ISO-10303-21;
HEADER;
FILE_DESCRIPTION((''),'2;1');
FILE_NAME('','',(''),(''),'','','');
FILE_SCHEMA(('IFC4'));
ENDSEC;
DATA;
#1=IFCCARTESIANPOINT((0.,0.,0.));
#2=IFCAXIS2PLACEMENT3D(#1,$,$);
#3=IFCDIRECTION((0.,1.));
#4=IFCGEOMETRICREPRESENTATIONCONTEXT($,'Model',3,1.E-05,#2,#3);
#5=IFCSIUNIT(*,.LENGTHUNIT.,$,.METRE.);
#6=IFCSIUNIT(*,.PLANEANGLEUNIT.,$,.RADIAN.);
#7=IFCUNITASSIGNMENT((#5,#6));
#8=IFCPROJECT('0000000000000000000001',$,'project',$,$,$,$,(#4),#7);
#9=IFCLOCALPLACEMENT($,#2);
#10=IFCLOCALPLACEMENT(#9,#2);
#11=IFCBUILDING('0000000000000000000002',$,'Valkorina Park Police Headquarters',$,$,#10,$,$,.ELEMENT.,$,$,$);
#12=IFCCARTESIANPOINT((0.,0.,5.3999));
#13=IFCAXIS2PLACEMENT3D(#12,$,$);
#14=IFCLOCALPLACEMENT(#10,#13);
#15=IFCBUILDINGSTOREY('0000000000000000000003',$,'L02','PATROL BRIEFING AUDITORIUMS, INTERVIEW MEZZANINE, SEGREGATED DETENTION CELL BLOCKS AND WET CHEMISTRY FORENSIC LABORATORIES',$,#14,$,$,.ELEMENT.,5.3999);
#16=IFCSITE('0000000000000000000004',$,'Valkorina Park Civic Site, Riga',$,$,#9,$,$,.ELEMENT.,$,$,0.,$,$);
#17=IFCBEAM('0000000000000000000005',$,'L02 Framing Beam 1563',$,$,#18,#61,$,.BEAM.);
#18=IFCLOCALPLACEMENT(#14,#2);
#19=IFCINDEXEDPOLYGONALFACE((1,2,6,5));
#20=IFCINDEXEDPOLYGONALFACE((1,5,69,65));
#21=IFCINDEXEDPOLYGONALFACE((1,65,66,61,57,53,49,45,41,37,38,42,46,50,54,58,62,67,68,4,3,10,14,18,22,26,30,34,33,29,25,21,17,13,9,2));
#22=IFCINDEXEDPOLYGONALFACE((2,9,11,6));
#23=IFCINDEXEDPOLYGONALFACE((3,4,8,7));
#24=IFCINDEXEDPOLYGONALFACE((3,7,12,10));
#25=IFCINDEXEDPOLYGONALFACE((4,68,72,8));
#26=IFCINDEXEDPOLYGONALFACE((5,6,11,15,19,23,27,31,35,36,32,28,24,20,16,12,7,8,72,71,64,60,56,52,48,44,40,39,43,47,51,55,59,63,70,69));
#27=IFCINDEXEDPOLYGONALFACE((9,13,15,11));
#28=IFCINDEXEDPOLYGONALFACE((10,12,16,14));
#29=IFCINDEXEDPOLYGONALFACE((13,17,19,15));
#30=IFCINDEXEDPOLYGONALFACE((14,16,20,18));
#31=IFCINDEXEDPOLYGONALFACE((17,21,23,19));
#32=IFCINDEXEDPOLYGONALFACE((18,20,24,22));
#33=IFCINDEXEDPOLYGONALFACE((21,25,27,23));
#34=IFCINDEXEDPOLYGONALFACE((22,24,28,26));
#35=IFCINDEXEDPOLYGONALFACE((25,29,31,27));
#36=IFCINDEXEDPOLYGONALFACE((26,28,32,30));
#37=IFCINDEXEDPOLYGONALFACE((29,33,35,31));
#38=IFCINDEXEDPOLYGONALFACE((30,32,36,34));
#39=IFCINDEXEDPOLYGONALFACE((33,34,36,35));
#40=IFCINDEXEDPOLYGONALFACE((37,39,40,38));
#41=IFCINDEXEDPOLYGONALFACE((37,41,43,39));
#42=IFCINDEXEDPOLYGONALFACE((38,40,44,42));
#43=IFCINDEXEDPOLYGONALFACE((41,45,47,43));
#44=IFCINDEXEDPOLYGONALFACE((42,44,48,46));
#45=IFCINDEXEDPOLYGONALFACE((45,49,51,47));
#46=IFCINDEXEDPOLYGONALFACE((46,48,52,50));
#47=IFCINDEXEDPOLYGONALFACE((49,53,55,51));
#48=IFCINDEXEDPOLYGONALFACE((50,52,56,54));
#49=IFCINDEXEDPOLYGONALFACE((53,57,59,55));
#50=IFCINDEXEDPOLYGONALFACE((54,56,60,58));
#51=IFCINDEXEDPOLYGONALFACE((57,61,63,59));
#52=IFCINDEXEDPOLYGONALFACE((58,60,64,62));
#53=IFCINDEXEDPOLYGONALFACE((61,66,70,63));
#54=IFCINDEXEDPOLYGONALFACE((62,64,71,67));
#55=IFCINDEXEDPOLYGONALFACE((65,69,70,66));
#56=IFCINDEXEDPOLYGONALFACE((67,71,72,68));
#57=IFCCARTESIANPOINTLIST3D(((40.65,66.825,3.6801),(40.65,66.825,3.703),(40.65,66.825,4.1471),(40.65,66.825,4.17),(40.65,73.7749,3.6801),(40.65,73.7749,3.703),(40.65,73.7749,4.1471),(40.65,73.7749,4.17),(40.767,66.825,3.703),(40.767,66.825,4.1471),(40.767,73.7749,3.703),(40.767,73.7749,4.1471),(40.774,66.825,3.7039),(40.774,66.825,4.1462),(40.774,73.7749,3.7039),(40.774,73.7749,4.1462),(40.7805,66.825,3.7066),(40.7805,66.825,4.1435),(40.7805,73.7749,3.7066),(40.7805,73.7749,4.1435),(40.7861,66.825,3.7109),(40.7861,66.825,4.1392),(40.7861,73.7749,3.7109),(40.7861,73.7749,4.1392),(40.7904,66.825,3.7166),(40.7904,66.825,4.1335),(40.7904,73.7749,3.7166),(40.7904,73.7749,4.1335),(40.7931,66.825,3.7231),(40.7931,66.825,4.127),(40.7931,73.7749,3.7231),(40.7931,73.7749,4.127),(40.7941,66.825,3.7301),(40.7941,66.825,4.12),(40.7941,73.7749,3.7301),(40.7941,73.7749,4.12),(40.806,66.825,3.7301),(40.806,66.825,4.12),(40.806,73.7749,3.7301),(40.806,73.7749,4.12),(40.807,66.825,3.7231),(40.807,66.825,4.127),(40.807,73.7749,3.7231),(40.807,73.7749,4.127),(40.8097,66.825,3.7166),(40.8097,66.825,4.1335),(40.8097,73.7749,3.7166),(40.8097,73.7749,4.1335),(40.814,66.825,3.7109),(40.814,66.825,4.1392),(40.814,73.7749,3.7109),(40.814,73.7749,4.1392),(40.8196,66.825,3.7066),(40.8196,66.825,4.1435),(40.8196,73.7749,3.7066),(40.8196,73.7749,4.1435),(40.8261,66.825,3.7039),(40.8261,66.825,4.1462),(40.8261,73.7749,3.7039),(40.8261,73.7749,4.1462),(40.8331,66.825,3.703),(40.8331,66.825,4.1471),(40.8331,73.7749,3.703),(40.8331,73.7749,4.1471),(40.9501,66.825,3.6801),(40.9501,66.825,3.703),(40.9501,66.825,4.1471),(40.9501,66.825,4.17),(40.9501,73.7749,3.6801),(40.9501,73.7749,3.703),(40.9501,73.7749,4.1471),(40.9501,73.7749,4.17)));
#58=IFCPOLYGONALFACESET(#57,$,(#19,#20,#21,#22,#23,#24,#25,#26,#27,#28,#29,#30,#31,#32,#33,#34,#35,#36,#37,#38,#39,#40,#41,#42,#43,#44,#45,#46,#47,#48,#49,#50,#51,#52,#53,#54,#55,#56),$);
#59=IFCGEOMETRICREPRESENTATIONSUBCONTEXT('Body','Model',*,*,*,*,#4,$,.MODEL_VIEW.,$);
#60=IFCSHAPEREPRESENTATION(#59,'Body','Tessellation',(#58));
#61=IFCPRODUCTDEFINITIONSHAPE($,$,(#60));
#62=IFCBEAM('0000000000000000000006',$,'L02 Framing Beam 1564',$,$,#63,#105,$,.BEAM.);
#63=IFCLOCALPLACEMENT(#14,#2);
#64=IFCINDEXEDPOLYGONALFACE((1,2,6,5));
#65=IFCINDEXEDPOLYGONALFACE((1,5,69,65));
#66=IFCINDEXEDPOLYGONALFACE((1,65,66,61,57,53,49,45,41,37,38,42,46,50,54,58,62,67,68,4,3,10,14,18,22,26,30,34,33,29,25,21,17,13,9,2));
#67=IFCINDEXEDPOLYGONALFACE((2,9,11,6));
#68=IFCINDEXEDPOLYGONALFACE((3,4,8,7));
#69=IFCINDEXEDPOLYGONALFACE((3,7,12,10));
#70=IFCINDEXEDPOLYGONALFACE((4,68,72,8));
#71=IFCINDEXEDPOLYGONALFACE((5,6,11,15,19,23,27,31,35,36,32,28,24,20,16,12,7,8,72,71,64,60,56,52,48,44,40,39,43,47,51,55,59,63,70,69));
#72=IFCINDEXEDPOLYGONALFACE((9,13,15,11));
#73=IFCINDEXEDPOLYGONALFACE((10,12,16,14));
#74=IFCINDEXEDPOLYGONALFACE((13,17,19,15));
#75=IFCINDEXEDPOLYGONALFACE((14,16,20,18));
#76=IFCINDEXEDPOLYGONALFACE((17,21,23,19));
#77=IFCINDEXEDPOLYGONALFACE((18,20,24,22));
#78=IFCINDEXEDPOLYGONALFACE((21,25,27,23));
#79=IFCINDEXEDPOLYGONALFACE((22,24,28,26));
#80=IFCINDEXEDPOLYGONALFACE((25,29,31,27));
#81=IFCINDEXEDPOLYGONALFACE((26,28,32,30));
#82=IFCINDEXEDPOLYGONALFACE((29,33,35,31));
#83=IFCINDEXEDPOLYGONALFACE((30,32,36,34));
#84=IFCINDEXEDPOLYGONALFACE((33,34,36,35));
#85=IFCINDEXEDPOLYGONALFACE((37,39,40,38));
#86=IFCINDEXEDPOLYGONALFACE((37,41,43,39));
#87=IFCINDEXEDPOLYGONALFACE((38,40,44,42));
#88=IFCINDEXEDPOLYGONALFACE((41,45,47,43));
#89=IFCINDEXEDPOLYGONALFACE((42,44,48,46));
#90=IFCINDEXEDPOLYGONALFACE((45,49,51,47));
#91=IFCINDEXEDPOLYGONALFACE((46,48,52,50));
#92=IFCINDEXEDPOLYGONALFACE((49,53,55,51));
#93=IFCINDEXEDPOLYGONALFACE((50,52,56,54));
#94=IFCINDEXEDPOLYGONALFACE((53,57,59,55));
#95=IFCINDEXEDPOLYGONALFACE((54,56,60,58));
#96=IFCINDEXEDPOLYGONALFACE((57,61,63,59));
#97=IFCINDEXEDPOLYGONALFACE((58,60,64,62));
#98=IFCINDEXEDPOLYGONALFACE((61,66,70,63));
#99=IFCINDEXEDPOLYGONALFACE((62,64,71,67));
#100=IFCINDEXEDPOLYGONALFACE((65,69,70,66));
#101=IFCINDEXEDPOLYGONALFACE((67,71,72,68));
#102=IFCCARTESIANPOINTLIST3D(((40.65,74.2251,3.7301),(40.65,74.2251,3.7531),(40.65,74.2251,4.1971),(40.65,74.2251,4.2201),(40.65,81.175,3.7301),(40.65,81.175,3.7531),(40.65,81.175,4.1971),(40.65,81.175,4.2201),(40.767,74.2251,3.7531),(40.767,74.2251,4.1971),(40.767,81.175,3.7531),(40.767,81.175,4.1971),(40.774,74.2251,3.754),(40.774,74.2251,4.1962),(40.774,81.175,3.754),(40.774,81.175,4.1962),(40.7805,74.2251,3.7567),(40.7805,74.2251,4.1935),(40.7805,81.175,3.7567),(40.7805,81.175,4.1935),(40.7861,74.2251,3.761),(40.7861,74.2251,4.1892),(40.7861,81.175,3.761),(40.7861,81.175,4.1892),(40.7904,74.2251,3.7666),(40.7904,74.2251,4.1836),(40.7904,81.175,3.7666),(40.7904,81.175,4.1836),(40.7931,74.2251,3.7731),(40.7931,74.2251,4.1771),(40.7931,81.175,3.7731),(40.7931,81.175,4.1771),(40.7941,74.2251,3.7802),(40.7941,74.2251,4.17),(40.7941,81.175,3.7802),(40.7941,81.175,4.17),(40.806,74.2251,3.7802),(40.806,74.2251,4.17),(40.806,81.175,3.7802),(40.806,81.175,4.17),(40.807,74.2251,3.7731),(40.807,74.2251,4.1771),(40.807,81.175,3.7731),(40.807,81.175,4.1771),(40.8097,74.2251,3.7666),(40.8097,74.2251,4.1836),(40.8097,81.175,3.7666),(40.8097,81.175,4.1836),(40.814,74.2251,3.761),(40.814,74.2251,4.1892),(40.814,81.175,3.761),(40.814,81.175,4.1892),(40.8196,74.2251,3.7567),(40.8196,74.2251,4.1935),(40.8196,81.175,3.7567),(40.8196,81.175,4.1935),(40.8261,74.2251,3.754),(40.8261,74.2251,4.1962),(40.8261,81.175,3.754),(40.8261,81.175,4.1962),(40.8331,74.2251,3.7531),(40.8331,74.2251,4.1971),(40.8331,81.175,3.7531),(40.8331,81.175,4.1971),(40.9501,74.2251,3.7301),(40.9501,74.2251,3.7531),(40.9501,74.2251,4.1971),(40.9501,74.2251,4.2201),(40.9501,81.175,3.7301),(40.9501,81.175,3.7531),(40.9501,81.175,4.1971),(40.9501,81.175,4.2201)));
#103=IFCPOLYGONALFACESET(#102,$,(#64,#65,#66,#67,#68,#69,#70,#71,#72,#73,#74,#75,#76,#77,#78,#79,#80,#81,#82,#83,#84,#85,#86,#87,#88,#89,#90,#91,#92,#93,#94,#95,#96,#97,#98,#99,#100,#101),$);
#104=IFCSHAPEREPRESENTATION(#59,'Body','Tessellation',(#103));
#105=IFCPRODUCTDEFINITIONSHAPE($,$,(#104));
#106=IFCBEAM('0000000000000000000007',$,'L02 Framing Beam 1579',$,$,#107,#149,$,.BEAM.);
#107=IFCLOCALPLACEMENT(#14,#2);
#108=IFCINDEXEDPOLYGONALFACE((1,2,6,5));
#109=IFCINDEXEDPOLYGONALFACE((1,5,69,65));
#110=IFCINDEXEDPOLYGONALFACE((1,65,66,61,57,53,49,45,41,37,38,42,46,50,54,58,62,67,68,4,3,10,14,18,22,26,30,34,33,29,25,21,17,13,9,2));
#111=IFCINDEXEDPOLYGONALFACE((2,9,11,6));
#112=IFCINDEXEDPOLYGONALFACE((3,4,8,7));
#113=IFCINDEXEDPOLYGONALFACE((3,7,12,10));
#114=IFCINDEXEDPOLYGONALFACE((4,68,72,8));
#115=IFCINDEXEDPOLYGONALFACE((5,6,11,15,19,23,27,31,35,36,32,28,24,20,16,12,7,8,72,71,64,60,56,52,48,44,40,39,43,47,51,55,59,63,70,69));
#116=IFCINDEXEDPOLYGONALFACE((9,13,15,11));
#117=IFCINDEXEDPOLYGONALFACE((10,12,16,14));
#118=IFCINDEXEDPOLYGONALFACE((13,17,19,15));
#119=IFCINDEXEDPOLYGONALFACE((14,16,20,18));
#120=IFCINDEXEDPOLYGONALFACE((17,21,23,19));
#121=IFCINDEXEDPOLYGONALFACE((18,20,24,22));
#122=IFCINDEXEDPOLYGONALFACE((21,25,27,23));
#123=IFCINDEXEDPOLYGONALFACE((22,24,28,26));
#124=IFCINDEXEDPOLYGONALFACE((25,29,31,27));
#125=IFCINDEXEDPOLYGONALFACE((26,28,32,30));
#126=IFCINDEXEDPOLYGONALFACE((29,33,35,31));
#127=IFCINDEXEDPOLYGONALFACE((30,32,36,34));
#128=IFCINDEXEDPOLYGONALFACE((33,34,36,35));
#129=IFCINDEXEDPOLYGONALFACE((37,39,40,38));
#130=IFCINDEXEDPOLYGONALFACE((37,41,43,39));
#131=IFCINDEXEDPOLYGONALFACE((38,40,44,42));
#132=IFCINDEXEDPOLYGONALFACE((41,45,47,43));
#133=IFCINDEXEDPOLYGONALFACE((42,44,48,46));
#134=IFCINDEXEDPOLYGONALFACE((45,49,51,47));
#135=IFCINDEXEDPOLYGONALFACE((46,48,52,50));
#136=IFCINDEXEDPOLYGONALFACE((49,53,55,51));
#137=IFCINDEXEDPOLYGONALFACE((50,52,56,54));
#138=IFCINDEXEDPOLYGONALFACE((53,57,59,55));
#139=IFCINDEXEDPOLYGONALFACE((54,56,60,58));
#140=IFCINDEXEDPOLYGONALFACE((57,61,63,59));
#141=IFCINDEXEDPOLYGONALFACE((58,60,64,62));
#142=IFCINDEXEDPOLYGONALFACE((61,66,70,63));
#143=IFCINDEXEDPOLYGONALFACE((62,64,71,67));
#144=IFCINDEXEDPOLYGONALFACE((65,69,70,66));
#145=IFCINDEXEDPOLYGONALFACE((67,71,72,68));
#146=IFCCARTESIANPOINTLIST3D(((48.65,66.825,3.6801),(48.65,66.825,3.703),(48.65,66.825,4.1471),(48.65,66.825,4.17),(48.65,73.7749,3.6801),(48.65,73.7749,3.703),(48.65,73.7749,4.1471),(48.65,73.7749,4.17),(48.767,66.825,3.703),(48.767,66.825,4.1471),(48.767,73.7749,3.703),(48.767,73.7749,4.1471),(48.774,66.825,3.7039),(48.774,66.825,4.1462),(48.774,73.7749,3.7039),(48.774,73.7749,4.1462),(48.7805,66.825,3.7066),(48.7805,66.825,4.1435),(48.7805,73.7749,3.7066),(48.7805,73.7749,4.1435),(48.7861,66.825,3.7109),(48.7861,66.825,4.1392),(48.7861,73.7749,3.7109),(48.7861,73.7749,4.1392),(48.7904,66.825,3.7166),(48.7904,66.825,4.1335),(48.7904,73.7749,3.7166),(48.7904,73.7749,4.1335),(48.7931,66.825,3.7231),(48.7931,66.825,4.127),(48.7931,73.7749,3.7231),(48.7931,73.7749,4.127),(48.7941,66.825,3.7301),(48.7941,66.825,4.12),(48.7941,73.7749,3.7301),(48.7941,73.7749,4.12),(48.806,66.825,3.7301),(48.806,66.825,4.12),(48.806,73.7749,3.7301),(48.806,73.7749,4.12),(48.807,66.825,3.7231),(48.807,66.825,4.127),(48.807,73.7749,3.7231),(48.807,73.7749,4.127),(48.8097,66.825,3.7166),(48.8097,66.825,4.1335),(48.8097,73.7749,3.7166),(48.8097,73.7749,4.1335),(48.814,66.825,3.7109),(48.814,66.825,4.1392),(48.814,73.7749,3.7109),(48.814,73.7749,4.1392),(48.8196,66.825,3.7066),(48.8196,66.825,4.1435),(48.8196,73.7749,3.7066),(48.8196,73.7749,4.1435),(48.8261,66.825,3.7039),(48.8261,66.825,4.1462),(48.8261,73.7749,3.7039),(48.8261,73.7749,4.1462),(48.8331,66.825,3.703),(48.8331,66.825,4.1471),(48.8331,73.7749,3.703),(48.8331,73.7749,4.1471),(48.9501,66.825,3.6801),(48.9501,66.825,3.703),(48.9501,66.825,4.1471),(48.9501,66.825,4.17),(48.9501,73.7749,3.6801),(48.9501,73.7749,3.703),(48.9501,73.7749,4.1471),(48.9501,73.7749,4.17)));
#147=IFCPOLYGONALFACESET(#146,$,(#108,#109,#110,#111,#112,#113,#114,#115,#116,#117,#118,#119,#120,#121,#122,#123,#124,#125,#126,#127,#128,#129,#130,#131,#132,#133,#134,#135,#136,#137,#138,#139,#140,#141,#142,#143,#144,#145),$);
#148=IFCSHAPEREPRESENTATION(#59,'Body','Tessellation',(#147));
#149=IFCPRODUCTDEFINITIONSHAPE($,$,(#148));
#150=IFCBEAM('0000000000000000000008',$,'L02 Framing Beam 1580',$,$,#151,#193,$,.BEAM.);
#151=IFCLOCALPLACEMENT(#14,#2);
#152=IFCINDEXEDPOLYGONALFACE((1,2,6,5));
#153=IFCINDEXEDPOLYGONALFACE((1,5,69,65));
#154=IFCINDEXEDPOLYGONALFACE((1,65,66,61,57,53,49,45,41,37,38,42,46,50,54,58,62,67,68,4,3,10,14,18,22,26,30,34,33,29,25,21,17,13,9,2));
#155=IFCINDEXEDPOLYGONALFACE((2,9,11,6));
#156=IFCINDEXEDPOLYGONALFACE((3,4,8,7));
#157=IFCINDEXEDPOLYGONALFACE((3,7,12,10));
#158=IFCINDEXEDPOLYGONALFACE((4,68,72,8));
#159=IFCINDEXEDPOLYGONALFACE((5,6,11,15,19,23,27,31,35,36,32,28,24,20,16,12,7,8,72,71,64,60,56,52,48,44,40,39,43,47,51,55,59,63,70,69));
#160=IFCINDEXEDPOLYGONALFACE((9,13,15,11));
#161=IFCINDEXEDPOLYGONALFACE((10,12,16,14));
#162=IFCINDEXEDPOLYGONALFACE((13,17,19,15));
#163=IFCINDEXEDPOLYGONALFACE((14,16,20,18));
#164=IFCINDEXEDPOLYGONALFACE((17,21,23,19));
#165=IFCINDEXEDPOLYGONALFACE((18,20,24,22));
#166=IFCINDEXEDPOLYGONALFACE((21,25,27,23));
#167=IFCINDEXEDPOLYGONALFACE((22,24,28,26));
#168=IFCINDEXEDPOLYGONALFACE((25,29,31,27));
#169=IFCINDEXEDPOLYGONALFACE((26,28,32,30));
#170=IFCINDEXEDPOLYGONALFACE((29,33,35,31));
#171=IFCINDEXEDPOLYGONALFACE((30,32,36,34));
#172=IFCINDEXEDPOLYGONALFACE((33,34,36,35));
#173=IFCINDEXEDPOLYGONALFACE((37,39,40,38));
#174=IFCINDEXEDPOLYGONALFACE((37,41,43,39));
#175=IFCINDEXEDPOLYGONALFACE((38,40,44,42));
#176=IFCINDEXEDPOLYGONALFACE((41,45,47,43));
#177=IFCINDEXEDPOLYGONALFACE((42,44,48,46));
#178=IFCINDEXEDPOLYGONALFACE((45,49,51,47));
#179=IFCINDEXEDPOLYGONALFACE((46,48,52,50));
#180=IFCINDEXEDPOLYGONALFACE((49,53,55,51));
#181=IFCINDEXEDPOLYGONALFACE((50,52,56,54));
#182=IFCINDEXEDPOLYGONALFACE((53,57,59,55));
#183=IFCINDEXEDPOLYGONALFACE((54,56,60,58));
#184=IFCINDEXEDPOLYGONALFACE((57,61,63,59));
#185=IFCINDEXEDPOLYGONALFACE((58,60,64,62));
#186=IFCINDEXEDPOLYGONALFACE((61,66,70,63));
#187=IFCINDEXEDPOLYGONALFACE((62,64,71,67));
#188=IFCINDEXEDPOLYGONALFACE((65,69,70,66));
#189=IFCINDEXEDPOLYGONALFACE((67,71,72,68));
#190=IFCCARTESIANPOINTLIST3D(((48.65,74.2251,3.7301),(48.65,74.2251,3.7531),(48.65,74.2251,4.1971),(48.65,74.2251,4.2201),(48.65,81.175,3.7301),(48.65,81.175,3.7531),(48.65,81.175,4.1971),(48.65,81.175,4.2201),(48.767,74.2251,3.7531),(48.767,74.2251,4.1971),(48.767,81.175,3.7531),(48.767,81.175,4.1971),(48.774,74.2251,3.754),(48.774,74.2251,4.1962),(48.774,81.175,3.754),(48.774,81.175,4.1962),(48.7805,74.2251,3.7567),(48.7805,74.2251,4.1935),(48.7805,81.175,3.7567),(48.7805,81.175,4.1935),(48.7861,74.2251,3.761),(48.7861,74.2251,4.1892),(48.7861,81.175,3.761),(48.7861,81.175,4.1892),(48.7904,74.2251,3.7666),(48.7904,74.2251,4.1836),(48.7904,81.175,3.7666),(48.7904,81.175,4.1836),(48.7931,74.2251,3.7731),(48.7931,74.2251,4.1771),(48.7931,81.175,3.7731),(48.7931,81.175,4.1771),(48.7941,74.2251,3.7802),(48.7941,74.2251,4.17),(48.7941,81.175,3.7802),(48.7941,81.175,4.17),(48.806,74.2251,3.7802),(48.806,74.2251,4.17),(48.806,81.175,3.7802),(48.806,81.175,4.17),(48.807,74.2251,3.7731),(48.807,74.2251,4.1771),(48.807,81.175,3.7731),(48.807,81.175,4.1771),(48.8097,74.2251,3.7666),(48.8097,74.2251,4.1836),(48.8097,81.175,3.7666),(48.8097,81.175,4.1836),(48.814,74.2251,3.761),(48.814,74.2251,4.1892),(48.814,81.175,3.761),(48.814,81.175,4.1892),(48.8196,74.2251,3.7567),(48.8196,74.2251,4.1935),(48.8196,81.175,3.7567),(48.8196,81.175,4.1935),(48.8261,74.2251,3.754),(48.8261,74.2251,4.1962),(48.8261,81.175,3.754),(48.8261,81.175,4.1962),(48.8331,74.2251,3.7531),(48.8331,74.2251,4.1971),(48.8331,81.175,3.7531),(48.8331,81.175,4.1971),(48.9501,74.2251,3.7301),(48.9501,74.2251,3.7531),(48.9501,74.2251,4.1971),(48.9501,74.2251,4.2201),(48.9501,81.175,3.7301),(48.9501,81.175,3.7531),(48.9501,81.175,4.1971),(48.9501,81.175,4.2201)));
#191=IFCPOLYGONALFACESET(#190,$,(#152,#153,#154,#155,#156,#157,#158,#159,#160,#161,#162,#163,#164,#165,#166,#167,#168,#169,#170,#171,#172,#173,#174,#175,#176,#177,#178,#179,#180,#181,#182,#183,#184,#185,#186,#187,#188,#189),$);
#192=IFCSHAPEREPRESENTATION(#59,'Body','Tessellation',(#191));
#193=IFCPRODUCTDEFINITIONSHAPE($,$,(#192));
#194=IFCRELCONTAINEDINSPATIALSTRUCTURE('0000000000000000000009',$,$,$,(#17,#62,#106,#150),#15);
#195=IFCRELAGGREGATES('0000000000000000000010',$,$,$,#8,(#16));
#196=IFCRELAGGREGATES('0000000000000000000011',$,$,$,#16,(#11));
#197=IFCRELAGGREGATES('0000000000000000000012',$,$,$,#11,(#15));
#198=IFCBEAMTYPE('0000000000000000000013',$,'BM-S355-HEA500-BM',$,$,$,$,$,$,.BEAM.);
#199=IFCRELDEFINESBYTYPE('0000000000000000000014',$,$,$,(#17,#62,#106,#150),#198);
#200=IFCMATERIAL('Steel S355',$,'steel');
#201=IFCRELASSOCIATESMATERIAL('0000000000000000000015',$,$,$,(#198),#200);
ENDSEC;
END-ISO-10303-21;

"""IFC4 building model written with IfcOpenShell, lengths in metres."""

from ifc_helpers import new_model, si_unit, direction, frame, origin, origin_2d, place, context, subcontext, project, spatial, i_section, extrude, material, material_profile, profile_set, type_object, element, save


model = new_model("IFC4")

# Units and contexts
model_context = context("Model", 3, precision=1e-05, world=origin(), true_north=direction((0.0, 1.0)))
body_context = subcontext(model_context, "Body", "Model", "MODEL_VIEW")
ifc_project = project(units=[si_unit("LENGTHUNIT", "METRE"), si_unit("PLANEANGLEUNIT", "RADIAN")], contexts=[model_context])

# Site, building, storey
site_placement = place(None, origin())
site = spatial("IfcSite", under=ifc_project, at=site_placement, Name="Valkorina Park Civic Site, Riga", CompositionType="ELEMENT", RefElevation=0.0)
building_placement = place(site_placement, origin())
building = spatial("IfcBuilding", under=site, at=building_placement, Name="Valkorina Park Police Headquarters", CompositionType="ELEMENT")
storey_placement = place(building_placement, frame((0.0, 0.0, 5.3999)))
storey = spatial("IfcBuildingStorey", under=building, at=storey_placement, Name="L02", Description="PATROL BRIEFING AUDITORIUMS, INTERVIEW MEZZANINE, SEGREGATED DETENTION CELL BLOCKS AND WET CHEMISTRY FORENSIC LABORATORIES", CompositionType="ELEMENT", Elevation=5.3999)

# Shared definitions
ifc_material_1 = material(Name="Steel S355", Category="steel")

# Beams
ifc_material_profile_1 = material_profile(ifc_material_1, i_section(OverallWidth=0.3, OverallDepth=0.49, WebThickness=0.012, FlangeThickness=0.0229, FilletRadius=0.0271, at=origin_2d()), Name="HEA 500")
ifc_profile_set_1 = profile_set([ifc_material_profile_1], Name="Steel S355")
beam_type_1 = type_object("IfcBeamType", Name="BM-S355-HEA500-BM", PredefinedType="BEAM", material=ifc_profile_set_1)
for number, where, z_axis, x_axis, name in (
    (1, (40.8, 66.825, 3.925), (0.0, 1.0, 0.0), (-1.0, 0.0, 0.0), "L02 Framing Beam 1563"),
    (2, (40.8, 74.2251, 3.9751), (0.0, 1.0, 0.0), (-1.0, 0.0, 0.0), "L02 Framing Beam 1564"),
    (3, (48.8, 66.825, 3.925), (0.0, 1.0, 0.0), (-1.0, 0.0, 0.0), "L02 Framing Beam 1579"),
    (4, (48.8, 74.2251, 3.9751), (0.0, 1.0, 0.0), (-1.0, 0.0, 0.0), "L02 Framing Beam 1580"),
):
    element("IfcBeam", number, at=place(storey_placement, frame(where, z_axis=z_axis, x_axis=x_axis)), inside=storey, type_object=beam_type_1, Name=name, PredefinedType="BEAM", context=body_context, shape_type="SweptSolid", body=[
        extrude(i_section(OverallWidth=0.3, OverallDepth=0.49, WebThickness=0.012, FlangeThickness=0.0229, FilletRadius=0.0271, at=origin_2d()), origin(), (0.0, 0.0, 1.0), 6.95),
    ])

save(model, "model.ifc")
